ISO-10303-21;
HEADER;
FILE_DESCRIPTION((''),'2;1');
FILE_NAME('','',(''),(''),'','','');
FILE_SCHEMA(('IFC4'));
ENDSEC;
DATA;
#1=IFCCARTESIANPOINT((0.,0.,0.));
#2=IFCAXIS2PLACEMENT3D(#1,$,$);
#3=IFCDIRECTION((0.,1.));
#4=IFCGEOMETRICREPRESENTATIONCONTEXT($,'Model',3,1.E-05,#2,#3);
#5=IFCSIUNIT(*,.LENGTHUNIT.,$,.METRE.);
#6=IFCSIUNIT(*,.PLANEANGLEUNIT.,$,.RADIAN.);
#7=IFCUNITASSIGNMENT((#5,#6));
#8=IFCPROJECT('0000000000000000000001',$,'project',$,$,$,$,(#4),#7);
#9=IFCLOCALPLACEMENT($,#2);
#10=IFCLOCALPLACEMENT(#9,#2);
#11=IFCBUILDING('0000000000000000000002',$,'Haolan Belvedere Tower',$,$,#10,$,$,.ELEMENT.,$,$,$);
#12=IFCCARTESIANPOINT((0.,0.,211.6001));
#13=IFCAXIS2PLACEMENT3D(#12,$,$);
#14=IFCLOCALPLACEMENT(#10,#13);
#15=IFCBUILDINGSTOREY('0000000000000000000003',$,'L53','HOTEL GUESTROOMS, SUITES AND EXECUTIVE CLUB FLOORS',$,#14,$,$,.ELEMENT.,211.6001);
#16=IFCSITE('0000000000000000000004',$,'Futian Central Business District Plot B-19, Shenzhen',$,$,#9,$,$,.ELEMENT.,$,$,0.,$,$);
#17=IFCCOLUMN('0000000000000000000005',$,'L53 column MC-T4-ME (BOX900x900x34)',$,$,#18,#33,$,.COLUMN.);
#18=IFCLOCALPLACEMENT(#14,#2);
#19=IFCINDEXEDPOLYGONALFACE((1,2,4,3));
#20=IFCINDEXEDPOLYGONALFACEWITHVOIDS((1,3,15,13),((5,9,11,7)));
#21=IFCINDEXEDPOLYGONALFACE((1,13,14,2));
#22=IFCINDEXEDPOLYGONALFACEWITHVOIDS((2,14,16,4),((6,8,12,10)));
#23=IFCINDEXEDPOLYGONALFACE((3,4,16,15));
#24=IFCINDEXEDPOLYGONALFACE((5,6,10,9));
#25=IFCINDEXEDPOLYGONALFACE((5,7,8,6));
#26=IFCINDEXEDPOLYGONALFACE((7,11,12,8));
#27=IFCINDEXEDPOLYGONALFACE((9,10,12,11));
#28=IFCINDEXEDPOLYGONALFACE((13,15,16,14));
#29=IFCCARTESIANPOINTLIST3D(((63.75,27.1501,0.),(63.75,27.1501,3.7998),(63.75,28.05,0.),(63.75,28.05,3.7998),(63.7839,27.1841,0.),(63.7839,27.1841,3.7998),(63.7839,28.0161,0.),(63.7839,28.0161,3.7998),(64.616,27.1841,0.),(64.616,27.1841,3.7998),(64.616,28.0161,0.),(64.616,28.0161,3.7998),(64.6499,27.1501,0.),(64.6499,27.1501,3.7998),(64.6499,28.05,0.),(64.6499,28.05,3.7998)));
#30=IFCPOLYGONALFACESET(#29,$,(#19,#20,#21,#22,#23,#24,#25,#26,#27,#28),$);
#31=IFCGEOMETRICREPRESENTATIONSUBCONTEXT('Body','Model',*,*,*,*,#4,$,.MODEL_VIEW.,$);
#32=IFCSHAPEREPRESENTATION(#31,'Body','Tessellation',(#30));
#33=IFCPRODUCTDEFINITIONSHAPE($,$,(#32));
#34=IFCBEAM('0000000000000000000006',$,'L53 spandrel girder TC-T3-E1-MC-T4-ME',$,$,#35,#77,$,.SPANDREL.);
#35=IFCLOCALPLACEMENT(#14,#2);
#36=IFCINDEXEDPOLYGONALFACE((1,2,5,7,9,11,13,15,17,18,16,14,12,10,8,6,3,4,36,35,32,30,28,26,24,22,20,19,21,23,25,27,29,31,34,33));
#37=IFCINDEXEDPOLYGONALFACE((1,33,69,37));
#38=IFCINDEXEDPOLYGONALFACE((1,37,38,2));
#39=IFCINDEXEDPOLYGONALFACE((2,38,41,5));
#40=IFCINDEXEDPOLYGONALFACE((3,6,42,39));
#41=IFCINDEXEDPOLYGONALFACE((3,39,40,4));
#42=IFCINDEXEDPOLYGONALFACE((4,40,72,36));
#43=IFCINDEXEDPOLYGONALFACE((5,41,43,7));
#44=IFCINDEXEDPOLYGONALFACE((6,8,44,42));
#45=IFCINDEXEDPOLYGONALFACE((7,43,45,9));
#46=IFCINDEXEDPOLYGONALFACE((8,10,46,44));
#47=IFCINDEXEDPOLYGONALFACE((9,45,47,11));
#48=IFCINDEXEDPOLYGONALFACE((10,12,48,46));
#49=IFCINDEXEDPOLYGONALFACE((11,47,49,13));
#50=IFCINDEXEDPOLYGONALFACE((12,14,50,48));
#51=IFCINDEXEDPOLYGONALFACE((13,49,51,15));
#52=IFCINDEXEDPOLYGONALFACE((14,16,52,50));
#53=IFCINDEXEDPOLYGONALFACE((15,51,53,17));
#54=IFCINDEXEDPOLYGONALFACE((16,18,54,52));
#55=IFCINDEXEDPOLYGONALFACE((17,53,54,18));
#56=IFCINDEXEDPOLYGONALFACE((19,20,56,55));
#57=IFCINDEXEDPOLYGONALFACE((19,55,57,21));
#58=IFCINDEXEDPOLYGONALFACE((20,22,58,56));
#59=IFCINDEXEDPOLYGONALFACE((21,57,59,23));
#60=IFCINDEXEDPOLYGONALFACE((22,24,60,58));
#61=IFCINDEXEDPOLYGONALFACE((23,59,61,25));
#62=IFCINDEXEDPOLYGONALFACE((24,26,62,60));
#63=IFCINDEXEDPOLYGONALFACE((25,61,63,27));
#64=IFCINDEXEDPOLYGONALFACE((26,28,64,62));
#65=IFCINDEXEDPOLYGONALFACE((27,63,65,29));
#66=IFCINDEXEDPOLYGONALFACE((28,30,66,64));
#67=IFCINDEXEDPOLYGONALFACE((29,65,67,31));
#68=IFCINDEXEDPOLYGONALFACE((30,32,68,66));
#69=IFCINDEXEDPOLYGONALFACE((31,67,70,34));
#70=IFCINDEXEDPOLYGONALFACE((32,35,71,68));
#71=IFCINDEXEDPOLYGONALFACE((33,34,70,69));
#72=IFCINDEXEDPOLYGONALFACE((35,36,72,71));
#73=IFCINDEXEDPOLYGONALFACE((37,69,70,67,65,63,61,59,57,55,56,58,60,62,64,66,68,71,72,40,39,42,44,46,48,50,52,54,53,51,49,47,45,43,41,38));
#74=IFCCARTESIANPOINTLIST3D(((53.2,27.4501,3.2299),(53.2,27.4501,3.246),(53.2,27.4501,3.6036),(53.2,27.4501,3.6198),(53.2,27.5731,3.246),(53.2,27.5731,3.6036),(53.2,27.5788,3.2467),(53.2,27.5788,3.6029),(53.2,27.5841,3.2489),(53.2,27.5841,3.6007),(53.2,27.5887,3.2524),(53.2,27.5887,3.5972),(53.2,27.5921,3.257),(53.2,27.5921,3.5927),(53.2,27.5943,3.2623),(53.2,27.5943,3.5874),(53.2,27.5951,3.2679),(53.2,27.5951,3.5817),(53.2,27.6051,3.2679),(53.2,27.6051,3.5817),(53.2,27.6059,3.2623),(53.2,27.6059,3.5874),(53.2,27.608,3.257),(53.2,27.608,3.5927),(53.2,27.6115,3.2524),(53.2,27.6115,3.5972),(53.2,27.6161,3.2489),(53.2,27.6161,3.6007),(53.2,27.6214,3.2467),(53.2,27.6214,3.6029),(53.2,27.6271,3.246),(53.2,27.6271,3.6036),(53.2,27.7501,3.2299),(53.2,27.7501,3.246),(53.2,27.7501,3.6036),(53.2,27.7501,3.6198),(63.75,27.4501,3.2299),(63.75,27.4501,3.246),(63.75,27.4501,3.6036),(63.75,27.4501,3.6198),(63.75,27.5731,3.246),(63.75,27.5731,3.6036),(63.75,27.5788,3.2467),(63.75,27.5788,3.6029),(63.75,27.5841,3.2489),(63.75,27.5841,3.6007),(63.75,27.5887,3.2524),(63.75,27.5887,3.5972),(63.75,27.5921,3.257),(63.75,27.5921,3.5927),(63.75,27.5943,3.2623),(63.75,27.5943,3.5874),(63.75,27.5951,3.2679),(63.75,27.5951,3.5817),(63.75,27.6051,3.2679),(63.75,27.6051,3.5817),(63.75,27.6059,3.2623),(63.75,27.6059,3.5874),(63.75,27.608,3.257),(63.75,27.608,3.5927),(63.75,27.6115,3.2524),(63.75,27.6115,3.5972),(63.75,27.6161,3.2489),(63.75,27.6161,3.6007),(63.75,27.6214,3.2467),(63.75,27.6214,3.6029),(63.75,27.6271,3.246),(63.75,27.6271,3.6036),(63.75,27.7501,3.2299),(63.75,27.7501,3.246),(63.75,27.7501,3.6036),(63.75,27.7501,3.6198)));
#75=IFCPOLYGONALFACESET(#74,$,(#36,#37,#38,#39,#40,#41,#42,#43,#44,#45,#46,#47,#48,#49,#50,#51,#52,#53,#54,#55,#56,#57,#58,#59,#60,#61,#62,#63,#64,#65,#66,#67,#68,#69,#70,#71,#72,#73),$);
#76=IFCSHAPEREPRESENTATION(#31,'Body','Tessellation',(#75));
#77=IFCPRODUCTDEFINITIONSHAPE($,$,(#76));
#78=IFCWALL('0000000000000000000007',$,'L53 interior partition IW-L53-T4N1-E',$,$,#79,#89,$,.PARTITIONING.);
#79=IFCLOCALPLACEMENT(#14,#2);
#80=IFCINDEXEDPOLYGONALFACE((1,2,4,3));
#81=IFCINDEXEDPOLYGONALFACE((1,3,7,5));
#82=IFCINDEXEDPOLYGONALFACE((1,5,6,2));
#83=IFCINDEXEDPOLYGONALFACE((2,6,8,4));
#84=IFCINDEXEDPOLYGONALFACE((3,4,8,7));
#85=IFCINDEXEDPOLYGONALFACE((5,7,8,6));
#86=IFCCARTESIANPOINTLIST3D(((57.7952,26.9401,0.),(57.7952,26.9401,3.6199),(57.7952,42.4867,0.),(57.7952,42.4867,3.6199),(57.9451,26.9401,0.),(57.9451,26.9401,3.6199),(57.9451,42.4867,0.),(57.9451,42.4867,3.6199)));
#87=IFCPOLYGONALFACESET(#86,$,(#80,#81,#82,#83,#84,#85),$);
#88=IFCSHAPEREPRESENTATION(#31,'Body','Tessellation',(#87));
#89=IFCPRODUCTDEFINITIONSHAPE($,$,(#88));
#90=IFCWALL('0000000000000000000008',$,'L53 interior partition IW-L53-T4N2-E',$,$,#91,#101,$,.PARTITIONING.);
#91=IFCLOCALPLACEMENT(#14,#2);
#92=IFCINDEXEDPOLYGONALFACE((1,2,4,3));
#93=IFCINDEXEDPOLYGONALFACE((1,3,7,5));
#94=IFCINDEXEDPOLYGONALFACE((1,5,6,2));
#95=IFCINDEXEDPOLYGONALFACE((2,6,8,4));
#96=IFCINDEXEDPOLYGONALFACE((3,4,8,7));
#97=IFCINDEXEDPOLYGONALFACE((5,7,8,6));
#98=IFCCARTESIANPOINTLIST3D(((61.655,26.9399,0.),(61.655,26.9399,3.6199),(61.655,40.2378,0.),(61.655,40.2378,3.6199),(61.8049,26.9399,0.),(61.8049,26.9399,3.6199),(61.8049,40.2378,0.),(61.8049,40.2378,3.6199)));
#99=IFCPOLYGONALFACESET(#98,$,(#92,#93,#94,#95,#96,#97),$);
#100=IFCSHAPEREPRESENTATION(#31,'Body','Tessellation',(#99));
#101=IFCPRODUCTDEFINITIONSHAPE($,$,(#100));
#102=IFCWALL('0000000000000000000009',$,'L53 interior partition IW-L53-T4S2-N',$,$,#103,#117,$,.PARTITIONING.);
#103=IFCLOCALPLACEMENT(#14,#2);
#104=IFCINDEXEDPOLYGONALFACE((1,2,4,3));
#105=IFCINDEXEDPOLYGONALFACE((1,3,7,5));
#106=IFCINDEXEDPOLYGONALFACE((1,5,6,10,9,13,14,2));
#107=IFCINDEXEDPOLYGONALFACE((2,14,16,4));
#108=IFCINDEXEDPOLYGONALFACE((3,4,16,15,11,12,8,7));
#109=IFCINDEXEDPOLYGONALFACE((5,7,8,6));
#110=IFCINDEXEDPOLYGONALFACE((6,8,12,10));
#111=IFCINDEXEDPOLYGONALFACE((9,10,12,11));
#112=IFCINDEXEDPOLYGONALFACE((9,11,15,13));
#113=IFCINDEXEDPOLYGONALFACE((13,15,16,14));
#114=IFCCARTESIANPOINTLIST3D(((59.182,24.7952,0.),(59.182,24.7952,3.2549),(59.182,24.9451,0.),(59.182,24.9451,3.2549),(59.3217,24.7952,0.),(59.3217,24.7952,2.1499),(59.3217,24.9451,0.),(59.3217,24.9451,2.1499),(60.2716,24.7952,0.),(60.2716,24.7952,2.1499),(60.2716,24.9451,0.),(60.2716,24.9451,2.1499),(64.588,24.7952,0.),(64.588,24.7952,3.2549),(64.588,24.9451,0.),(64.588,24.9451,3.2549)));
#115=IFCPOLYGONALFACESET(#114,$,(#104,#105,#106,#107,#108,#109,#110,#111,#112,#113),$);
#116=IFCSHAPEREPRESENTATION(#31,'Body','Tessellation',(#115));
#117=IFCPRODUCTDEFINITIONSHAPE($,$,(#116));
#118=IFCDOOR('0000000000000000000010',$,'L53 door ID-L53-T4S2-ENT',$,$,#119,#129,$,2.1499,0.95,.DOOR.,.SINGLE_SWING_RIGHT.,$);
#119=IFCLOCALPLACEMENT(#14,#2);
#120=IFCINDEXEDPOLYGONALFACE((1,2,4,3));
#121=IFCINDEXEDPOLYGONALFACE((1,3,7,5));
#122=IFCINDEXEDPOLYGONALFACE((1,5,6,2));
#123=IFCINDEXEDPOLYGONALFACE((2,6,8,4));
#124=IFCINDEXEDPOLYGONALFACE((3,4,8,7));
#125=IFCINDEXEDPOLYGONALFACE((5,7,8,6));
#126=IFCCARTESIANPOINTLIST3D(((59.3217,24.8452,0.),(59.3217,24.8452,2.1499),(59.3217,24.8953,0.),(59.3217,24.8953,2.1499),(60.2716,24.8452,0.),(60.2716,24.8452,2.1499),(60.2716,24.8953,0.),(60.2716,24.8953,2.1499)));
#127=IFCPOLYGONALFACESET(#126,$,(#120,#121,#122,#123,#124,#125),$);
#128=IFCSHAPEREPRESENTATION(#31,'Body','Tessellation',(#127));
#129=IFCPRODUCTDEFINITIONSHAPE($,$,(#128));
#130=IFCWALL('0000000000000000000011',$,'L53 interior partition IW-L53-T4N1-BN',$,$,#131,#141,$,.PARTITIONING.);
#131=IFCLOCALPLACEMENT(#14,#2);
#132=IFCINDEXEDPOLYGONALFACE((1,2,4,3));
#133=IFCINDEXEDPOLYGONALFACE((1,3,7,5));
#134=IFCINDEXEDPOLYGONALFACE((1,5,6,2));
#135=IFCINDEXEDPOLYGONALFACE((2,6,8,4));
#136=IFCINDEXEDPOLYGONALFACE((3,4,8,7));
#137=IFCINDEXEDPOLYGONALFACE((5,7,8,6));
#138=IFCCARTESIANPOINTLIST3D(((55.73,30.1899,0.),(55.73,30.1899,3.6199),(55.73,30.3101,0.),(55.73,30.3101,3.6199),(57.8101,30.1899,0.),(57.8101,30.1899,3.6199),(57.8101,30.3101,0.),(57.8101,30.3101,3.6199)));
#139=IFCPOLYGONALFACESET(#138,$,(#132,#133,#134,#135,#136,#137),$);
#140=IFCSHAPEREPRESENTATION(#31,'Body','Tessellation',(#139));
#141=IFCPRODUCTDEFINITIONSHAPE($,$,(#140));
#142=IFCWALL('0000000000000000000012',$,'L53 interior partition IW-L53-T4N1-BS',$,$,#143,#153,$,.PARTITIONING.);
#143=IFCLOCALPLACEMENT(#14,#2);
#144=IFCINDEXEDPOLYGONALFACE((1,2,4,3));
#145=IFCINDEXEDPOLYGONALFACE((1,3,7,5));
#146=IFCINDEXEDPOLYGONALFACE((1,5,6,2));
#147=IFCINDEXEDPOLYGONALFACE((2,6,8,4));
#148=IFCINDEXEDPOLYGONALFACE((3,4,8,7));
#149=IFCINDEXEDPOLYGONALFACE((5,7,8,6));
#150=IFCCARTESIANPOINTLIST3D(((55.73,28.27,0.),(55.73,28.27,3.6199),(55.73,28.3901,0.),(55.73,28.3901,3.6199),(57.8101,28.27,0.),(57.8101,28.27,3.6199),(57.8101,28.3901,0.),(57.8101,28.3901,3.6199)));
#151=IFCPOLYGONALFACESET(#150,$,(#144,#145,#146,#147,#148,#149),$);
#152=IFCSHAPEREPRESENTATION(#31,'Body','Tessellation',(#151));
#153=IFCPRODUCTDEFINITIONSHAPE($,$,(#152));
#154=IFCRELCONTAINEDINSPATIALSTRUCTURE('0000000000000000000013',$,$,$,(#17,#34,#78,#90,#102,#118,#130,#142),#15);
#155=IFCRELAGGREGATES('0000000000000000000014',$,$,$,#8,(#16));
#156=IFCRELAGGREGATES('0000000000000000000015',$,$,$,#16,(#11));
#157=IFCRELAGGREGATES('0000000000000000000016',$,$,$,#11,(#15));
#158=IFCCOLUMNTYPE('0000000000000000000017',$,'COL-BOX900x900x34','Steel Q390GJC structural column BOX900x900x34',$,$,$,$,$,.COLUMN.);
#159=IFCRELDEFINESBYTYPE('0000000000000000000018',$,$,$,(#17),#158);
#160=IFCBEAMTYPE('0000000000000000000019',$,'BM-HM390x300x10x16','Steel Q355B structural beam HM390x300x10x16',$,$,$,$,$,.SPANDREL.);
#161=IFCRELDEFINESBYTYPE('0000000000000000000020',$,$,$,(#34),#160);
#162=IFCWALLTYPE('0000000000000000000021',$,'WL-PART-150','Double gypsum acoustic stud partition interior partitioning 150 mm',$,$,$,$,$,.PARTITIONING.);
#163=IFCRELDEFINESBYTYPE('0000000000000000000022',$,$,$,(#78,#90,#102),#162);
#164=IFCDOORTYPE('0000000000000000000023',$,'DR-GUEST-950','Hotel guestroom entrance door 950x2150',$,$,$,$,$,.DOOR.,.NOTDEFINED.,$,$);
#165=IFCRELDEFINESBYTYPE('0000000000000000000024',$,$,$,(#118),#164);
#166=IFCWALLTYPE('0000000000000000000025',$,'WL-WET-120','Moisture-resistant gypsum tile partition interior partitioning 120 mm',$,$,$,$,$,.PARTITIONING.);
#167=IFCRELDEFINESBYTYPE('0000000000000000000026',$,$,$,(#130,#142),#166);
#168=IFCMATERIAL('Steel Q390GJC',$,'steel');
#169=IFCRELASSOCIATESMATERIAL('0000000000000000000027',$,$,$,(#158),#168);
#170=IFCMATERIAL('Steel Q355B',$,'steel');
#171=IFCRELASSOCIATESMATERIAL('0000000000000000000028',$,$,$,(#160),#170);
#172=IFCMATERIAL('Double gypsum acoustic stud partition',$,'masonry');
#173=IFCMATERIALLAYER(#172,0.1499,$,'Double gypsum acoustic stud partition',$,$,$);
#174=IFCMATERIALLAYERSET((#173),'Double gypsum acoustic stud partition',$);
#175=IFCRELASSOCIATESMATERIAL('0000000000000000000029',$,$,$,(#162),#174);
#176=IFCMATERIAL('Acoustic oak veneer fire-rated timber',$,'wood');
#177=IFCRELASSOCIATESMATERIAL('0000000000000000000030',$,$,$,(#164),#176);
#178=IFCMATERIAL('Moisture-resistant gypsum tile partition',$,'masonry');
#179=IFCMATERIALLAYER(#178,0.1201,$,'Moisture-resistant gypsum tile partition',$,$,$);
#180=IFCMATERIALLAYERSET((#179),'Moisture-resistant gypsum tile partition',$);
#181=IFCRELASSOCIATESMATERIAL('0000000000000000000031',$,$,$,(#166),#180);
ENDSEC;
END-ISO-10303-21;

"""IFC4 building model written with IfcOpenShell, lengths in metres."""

from ifc_helpers import new_model, si_unit, direction, frame, frame_2d, origin, origin_2d, place, context, subcontext, project, spatial, rectangle, hollow_rectangle, i_section, extrude, material, layer, layer_set, material_profile, profile_set, type_object, element, fill, save


model = new_model("IFC4")

# Units and contexts
model_context = context("Model", 3, precision=1e-05, world=origin(), true_north=direction((0.0, 1.0)))
body_context = subcontext(model_context, "Body", "Model", "MODEL_VIEW")
ifc_project = project(units=[si_unit("LENGTHUNIT", "METRE"), si_unit("PLANEANGLEUNIT", "RADIAN")], contexts=[model_context])

# Site, building, storey
site_placement = place(None, origin())
site = spatial("IfcSite", under=ifc_project, at=site_placement, Name="Futian Central Business District Plot B-19, Shenzhen", CompositionType="ELEMENT", RefElevation=0.0)
building_placement = place(site_placement, origin())
building = spatial("IfcBuilding", under=site, at=building_placement, Name="Haolan Belvedere Tower", CompositionType="ELEMENT")
storey_placement = place(building_placement, frame((0.0, 0.0, 211.6001)))
storey = spatial("IfcBuildingStorey", under=building, at=storey_placement, Name="L53", Description="HOTEL GUESTROOMS, SUITES AND EXECUTIVE CLUB FLOORS", CompositionType="ELEMENT", Elevation=211.6001)

# Column
ifc_material_1 = material(Name="Steel Q390GJC", Category="steel")
ifc_material_profile_1 = material_profile(ifc_material_1, hollow_rectangle(XDim=0.8999, YDim=0.8999, WallThickness=0.0339, at=origin_2d()), Name="Steel Q390GJC")
ifc_profile_set_1 = profile_set([ifc_material_profile_1], Name="Steel Q390GJC")
column_type = type_object("IfcColumnType", Name="COL-BOX900x900x34", Description="Steel Q390GJC structural column BOX900x900x34", PredefinedType="COLUMN", material=ifc_profile_set_1)
column_placement = place(storey_placement, frame((64.2, 27.6001, 0.0), z_axis=(0.0, 0.0, 1.0), x_axis=(1.0, 0.0, 0.0)))
element("IfcColumn", 1, at=column_placement, inside=storey, type_object=column_type, Name="L53 column MC-T4-ME (BOX900x900x34)", PredefinedType="COLUMN", context=body_context, shape_type="SweptSolid", body=[
    extrude(hollow_rectangle(XDim=0.8999, YDim=0.8999, WallThickness=0.0339, at=origin_2d()), origin(), (0.0, 0.0, 1.0), 3.7998),
])

# Beam
ifc_material_2 = material(Name="Steel Q355B", Category="steel")
ifc_material_profile_2 = material_profile(ifc_material_2, i_section(OverallWidth=0.3, OverallDepth=0.3899, WebThickness=0.01, FlangeThickness=0.0161, FilletRadius=0.022, at=origin_2d()), Name="Steel Q355B")
ifc_profile_set_2 = profile_set([ifc_material_profile_2], Name="Steel Q355B")
beam_type = type_object("IfcBeamType", Name="BM-HM390x300x10x16", Description="Steel Q355B structural beam HM390x300x10x16", PredefinedType="SPANDREL", material=ifc_profile_set_2)
beam_placement = place(storey_placement, frame((53.2, 27.6001, 3.4248), z_axis=(1.0, 0.0, 0.0), x_axis=(0.0, 1.0, 0.0)))
element("IfcBeam", 2, at=beam_placement, inside=storey, type_object=beam_type, Name="L53 spandrel girder TC-T3-E1-MC-T4-ME", PredefinedType="SPANDREL", context=body_context, shape_type="SweptSolid", body=[
    extrude(i_section(OverallWidth=0.3, OverallDepth=0.3899, WebThickness=0.01, FlangeThickness=0.0161, FilletRadius=0.022, at=origin_2d()), origin(), (0.0, 0.0, 1.0), 10.55),
])

# Wall
ifc_material_3 = material(Name="Double gypsum acoustic stud partition", Category="masonry")
ifc_layer_1 = layer(ifc_material_3, 0.1499, Name="Double gypsum acoustic stud partition")
ifc_layer_set_1 = layer_set([ifc_layer_1], Name="Double gypsum acoustic stud partition")
wall_type_1 = type_object("IfcWallType", Name="WL-PART-150", Description="Double gypsum acoustic stud partition interior partitioning 150 mm", PredefinedType="PARTITIONING", material=ifc_layer_set_1)
wall_1_placement = place(storey_placement, frame((57.8701, 26.9399, 0.0), z_axis=(0.0, 0.0, 1.0), x_axis=(0.0, 1.0, 0.0)))
element("IfcWall", 3, at=wall_1_placement, inside=storey, type_object=wall_type_1, Name="L53 interior partition IW-L53-T4N1-E", PredefinedType="PARTITIONING", context=body_context, shape_type="SweptSolid", body=[
    extrude(rectangle(XDim=15.5466, YDim=0.1499, at=frame_2d((7.7734, 0.0))), origin(), (0.0, 0.0, 1.0), 3.6199),
])

# Shared definitions
ifc_material_4 = material(Name="Acoustic oak veneer fire-rated timber", Category="wood")
door_type_1 = type_object("IfcDoorType", Name="DR-GUEST-950", Description="Hotel guestroom entrance door 950x2150", OperationType="NOTDEFINED", PredefinedType="DOOR", material=ifc_material_4)

# Wall
wall_2_placement = place(storey_placement, frame((61.73, 26.9399, 0.0), z_axis=(0.0, 0.0, 1.0), x_axis=(0.0, 1.0, 0.0)))
element("IfcWall", 4, at=wall_2_placement, inside=storey, type_object=wall_type_1, Name="L53 interior partition IW-L53-T4N2-E", PredefinedType="PARTITIONING", context=body_context, shape_type="SweptSolid", body=[
    extrude(rectangle(XDim=13.2979, YDim=0.1499, at=frame_2d((6.6489, 0.0))), origin(), (0.0, 0.0, 1.0), 3.6199),
])

# Wall, opening, door
wall_3_placement = place(storey_placement, frame((59.1819, 24.8701, 0.0), z_axis=(0.0, 0.0, 1.0), x_axis=(1.0, 0.0, 0.0)))
wall_3 = element("IfcWall", 5, at=wall_3_placement, inside=storey, type_object=wall_type_1, Name="L53 interior partition IW-L53-T4S2-N", PredefinedType="PARTITIONING", context=body_context, shape_type="SweptSolid", body=[
    extrude(rectangle(XDim=5.406, YDim=0.1499, at=frame_2d((2.7031, 0.0))), origin(), (0.0, 0.0, 1.0), 3.2549),
])
opening_1_placement = place(wall_3_placement, frame((1.0898, 0.0, 0.0), z_axis=(0.0, 0.0, 1.0), x_axis=(-1.0, 0.0, 0.0)))
opening_1 = element("IfcOpeningElement", 6, at=opening_1_placement, cuts=wall_3, PredefinedType="OPENING", context=body_context, shape_type="SweptSolid", body=[
    extrude(rectangle(XDim=0.95, YDim=2.1499, at=frame_2d((0.4751, 1.075))), frame((0.0, 0.085, 0.0), z_axis=(0.0, -1.0, 0.0), x_axis=(1.0, 0.0, 0.0)), (0.0, 0.0, 1.0), 0.1699),
])
door_1_placement = place(opening_1_placement, origin())
door_1 = element("IfcDoor", 7, at=door_1_placement, inside=storey, type_object=door_type_1, Name="L53 door ID-L53-T4S2-ENT", OperationType="SINGLE_SWING_RIGHT", OverallHeight=2.1499, OverallWidth=0.95, PredefinedType="DOOR", context=body_context, shape_type="SweptSolid", body=[
    extrude(rectangle(XDim=0.95, YDim=2.1499, at=frame_2d((0.4751, 1.075))), frame((0.0, 0.0249, 0.0), z_axis=(0.0, -1.0, 0.0), x_axis=(1.0, 0.0, 0.0)), (0.0, 0.0, 1.0), 0.05),
])
fill(opening_1, door_1)

# Walls
ifc_material_5 = material(Name="Moisture-resistant gypsum tile partition", Category="masonry")
ifc_layer_2 = layer(ifc_material_5, 0.1201, Name="Moisture-resistant gypsum tile partition")
ifc_layer_set_2 = layer_set([ifc_layer_2], Name="Moisture-resistant gypsum tile partition")
wall_type_2 = type_object("IfcWallType", Name="WL-WET-120", Description="Moisture-resistant gypsum tile partition interior partitioning 120 mm", PredefinedType="PARTITIONING", material=ifc_layer_set_2)
for number, where, z_axis, x_axis, name in (
    (8, (55.73, 30.25, 0.0), (0.0, 0.0, 1.0), (1.0, 0.0, 0.0), "L53 interior partition IW-L53-T4N1-BN"),
    (9, (55.73, 28.3301, 0.0), (0.0, 0.0, 1.0), (1.0, 0.0, 0.0), "L53 interior partition IW-L53-T4N1-BS"),
):
    element("IfcWall", number, at=place(storey_placement, frame(where, z_axis=z_axis, x_axis=x_axis)), inside=storey, type_object=wall_type_2, Name=name, PredefinedType="PARTITIONING", context=body_context, shape_type="SweptSolid", body=[
        extrude(rectangle(XDim=2.0801, YDim=0.1201, at=frame_2d((1.04, 0.0))), origin(), (0.0, 0.0, 1.0), 3.6199),
    ])

save(model, "model.ifc")
